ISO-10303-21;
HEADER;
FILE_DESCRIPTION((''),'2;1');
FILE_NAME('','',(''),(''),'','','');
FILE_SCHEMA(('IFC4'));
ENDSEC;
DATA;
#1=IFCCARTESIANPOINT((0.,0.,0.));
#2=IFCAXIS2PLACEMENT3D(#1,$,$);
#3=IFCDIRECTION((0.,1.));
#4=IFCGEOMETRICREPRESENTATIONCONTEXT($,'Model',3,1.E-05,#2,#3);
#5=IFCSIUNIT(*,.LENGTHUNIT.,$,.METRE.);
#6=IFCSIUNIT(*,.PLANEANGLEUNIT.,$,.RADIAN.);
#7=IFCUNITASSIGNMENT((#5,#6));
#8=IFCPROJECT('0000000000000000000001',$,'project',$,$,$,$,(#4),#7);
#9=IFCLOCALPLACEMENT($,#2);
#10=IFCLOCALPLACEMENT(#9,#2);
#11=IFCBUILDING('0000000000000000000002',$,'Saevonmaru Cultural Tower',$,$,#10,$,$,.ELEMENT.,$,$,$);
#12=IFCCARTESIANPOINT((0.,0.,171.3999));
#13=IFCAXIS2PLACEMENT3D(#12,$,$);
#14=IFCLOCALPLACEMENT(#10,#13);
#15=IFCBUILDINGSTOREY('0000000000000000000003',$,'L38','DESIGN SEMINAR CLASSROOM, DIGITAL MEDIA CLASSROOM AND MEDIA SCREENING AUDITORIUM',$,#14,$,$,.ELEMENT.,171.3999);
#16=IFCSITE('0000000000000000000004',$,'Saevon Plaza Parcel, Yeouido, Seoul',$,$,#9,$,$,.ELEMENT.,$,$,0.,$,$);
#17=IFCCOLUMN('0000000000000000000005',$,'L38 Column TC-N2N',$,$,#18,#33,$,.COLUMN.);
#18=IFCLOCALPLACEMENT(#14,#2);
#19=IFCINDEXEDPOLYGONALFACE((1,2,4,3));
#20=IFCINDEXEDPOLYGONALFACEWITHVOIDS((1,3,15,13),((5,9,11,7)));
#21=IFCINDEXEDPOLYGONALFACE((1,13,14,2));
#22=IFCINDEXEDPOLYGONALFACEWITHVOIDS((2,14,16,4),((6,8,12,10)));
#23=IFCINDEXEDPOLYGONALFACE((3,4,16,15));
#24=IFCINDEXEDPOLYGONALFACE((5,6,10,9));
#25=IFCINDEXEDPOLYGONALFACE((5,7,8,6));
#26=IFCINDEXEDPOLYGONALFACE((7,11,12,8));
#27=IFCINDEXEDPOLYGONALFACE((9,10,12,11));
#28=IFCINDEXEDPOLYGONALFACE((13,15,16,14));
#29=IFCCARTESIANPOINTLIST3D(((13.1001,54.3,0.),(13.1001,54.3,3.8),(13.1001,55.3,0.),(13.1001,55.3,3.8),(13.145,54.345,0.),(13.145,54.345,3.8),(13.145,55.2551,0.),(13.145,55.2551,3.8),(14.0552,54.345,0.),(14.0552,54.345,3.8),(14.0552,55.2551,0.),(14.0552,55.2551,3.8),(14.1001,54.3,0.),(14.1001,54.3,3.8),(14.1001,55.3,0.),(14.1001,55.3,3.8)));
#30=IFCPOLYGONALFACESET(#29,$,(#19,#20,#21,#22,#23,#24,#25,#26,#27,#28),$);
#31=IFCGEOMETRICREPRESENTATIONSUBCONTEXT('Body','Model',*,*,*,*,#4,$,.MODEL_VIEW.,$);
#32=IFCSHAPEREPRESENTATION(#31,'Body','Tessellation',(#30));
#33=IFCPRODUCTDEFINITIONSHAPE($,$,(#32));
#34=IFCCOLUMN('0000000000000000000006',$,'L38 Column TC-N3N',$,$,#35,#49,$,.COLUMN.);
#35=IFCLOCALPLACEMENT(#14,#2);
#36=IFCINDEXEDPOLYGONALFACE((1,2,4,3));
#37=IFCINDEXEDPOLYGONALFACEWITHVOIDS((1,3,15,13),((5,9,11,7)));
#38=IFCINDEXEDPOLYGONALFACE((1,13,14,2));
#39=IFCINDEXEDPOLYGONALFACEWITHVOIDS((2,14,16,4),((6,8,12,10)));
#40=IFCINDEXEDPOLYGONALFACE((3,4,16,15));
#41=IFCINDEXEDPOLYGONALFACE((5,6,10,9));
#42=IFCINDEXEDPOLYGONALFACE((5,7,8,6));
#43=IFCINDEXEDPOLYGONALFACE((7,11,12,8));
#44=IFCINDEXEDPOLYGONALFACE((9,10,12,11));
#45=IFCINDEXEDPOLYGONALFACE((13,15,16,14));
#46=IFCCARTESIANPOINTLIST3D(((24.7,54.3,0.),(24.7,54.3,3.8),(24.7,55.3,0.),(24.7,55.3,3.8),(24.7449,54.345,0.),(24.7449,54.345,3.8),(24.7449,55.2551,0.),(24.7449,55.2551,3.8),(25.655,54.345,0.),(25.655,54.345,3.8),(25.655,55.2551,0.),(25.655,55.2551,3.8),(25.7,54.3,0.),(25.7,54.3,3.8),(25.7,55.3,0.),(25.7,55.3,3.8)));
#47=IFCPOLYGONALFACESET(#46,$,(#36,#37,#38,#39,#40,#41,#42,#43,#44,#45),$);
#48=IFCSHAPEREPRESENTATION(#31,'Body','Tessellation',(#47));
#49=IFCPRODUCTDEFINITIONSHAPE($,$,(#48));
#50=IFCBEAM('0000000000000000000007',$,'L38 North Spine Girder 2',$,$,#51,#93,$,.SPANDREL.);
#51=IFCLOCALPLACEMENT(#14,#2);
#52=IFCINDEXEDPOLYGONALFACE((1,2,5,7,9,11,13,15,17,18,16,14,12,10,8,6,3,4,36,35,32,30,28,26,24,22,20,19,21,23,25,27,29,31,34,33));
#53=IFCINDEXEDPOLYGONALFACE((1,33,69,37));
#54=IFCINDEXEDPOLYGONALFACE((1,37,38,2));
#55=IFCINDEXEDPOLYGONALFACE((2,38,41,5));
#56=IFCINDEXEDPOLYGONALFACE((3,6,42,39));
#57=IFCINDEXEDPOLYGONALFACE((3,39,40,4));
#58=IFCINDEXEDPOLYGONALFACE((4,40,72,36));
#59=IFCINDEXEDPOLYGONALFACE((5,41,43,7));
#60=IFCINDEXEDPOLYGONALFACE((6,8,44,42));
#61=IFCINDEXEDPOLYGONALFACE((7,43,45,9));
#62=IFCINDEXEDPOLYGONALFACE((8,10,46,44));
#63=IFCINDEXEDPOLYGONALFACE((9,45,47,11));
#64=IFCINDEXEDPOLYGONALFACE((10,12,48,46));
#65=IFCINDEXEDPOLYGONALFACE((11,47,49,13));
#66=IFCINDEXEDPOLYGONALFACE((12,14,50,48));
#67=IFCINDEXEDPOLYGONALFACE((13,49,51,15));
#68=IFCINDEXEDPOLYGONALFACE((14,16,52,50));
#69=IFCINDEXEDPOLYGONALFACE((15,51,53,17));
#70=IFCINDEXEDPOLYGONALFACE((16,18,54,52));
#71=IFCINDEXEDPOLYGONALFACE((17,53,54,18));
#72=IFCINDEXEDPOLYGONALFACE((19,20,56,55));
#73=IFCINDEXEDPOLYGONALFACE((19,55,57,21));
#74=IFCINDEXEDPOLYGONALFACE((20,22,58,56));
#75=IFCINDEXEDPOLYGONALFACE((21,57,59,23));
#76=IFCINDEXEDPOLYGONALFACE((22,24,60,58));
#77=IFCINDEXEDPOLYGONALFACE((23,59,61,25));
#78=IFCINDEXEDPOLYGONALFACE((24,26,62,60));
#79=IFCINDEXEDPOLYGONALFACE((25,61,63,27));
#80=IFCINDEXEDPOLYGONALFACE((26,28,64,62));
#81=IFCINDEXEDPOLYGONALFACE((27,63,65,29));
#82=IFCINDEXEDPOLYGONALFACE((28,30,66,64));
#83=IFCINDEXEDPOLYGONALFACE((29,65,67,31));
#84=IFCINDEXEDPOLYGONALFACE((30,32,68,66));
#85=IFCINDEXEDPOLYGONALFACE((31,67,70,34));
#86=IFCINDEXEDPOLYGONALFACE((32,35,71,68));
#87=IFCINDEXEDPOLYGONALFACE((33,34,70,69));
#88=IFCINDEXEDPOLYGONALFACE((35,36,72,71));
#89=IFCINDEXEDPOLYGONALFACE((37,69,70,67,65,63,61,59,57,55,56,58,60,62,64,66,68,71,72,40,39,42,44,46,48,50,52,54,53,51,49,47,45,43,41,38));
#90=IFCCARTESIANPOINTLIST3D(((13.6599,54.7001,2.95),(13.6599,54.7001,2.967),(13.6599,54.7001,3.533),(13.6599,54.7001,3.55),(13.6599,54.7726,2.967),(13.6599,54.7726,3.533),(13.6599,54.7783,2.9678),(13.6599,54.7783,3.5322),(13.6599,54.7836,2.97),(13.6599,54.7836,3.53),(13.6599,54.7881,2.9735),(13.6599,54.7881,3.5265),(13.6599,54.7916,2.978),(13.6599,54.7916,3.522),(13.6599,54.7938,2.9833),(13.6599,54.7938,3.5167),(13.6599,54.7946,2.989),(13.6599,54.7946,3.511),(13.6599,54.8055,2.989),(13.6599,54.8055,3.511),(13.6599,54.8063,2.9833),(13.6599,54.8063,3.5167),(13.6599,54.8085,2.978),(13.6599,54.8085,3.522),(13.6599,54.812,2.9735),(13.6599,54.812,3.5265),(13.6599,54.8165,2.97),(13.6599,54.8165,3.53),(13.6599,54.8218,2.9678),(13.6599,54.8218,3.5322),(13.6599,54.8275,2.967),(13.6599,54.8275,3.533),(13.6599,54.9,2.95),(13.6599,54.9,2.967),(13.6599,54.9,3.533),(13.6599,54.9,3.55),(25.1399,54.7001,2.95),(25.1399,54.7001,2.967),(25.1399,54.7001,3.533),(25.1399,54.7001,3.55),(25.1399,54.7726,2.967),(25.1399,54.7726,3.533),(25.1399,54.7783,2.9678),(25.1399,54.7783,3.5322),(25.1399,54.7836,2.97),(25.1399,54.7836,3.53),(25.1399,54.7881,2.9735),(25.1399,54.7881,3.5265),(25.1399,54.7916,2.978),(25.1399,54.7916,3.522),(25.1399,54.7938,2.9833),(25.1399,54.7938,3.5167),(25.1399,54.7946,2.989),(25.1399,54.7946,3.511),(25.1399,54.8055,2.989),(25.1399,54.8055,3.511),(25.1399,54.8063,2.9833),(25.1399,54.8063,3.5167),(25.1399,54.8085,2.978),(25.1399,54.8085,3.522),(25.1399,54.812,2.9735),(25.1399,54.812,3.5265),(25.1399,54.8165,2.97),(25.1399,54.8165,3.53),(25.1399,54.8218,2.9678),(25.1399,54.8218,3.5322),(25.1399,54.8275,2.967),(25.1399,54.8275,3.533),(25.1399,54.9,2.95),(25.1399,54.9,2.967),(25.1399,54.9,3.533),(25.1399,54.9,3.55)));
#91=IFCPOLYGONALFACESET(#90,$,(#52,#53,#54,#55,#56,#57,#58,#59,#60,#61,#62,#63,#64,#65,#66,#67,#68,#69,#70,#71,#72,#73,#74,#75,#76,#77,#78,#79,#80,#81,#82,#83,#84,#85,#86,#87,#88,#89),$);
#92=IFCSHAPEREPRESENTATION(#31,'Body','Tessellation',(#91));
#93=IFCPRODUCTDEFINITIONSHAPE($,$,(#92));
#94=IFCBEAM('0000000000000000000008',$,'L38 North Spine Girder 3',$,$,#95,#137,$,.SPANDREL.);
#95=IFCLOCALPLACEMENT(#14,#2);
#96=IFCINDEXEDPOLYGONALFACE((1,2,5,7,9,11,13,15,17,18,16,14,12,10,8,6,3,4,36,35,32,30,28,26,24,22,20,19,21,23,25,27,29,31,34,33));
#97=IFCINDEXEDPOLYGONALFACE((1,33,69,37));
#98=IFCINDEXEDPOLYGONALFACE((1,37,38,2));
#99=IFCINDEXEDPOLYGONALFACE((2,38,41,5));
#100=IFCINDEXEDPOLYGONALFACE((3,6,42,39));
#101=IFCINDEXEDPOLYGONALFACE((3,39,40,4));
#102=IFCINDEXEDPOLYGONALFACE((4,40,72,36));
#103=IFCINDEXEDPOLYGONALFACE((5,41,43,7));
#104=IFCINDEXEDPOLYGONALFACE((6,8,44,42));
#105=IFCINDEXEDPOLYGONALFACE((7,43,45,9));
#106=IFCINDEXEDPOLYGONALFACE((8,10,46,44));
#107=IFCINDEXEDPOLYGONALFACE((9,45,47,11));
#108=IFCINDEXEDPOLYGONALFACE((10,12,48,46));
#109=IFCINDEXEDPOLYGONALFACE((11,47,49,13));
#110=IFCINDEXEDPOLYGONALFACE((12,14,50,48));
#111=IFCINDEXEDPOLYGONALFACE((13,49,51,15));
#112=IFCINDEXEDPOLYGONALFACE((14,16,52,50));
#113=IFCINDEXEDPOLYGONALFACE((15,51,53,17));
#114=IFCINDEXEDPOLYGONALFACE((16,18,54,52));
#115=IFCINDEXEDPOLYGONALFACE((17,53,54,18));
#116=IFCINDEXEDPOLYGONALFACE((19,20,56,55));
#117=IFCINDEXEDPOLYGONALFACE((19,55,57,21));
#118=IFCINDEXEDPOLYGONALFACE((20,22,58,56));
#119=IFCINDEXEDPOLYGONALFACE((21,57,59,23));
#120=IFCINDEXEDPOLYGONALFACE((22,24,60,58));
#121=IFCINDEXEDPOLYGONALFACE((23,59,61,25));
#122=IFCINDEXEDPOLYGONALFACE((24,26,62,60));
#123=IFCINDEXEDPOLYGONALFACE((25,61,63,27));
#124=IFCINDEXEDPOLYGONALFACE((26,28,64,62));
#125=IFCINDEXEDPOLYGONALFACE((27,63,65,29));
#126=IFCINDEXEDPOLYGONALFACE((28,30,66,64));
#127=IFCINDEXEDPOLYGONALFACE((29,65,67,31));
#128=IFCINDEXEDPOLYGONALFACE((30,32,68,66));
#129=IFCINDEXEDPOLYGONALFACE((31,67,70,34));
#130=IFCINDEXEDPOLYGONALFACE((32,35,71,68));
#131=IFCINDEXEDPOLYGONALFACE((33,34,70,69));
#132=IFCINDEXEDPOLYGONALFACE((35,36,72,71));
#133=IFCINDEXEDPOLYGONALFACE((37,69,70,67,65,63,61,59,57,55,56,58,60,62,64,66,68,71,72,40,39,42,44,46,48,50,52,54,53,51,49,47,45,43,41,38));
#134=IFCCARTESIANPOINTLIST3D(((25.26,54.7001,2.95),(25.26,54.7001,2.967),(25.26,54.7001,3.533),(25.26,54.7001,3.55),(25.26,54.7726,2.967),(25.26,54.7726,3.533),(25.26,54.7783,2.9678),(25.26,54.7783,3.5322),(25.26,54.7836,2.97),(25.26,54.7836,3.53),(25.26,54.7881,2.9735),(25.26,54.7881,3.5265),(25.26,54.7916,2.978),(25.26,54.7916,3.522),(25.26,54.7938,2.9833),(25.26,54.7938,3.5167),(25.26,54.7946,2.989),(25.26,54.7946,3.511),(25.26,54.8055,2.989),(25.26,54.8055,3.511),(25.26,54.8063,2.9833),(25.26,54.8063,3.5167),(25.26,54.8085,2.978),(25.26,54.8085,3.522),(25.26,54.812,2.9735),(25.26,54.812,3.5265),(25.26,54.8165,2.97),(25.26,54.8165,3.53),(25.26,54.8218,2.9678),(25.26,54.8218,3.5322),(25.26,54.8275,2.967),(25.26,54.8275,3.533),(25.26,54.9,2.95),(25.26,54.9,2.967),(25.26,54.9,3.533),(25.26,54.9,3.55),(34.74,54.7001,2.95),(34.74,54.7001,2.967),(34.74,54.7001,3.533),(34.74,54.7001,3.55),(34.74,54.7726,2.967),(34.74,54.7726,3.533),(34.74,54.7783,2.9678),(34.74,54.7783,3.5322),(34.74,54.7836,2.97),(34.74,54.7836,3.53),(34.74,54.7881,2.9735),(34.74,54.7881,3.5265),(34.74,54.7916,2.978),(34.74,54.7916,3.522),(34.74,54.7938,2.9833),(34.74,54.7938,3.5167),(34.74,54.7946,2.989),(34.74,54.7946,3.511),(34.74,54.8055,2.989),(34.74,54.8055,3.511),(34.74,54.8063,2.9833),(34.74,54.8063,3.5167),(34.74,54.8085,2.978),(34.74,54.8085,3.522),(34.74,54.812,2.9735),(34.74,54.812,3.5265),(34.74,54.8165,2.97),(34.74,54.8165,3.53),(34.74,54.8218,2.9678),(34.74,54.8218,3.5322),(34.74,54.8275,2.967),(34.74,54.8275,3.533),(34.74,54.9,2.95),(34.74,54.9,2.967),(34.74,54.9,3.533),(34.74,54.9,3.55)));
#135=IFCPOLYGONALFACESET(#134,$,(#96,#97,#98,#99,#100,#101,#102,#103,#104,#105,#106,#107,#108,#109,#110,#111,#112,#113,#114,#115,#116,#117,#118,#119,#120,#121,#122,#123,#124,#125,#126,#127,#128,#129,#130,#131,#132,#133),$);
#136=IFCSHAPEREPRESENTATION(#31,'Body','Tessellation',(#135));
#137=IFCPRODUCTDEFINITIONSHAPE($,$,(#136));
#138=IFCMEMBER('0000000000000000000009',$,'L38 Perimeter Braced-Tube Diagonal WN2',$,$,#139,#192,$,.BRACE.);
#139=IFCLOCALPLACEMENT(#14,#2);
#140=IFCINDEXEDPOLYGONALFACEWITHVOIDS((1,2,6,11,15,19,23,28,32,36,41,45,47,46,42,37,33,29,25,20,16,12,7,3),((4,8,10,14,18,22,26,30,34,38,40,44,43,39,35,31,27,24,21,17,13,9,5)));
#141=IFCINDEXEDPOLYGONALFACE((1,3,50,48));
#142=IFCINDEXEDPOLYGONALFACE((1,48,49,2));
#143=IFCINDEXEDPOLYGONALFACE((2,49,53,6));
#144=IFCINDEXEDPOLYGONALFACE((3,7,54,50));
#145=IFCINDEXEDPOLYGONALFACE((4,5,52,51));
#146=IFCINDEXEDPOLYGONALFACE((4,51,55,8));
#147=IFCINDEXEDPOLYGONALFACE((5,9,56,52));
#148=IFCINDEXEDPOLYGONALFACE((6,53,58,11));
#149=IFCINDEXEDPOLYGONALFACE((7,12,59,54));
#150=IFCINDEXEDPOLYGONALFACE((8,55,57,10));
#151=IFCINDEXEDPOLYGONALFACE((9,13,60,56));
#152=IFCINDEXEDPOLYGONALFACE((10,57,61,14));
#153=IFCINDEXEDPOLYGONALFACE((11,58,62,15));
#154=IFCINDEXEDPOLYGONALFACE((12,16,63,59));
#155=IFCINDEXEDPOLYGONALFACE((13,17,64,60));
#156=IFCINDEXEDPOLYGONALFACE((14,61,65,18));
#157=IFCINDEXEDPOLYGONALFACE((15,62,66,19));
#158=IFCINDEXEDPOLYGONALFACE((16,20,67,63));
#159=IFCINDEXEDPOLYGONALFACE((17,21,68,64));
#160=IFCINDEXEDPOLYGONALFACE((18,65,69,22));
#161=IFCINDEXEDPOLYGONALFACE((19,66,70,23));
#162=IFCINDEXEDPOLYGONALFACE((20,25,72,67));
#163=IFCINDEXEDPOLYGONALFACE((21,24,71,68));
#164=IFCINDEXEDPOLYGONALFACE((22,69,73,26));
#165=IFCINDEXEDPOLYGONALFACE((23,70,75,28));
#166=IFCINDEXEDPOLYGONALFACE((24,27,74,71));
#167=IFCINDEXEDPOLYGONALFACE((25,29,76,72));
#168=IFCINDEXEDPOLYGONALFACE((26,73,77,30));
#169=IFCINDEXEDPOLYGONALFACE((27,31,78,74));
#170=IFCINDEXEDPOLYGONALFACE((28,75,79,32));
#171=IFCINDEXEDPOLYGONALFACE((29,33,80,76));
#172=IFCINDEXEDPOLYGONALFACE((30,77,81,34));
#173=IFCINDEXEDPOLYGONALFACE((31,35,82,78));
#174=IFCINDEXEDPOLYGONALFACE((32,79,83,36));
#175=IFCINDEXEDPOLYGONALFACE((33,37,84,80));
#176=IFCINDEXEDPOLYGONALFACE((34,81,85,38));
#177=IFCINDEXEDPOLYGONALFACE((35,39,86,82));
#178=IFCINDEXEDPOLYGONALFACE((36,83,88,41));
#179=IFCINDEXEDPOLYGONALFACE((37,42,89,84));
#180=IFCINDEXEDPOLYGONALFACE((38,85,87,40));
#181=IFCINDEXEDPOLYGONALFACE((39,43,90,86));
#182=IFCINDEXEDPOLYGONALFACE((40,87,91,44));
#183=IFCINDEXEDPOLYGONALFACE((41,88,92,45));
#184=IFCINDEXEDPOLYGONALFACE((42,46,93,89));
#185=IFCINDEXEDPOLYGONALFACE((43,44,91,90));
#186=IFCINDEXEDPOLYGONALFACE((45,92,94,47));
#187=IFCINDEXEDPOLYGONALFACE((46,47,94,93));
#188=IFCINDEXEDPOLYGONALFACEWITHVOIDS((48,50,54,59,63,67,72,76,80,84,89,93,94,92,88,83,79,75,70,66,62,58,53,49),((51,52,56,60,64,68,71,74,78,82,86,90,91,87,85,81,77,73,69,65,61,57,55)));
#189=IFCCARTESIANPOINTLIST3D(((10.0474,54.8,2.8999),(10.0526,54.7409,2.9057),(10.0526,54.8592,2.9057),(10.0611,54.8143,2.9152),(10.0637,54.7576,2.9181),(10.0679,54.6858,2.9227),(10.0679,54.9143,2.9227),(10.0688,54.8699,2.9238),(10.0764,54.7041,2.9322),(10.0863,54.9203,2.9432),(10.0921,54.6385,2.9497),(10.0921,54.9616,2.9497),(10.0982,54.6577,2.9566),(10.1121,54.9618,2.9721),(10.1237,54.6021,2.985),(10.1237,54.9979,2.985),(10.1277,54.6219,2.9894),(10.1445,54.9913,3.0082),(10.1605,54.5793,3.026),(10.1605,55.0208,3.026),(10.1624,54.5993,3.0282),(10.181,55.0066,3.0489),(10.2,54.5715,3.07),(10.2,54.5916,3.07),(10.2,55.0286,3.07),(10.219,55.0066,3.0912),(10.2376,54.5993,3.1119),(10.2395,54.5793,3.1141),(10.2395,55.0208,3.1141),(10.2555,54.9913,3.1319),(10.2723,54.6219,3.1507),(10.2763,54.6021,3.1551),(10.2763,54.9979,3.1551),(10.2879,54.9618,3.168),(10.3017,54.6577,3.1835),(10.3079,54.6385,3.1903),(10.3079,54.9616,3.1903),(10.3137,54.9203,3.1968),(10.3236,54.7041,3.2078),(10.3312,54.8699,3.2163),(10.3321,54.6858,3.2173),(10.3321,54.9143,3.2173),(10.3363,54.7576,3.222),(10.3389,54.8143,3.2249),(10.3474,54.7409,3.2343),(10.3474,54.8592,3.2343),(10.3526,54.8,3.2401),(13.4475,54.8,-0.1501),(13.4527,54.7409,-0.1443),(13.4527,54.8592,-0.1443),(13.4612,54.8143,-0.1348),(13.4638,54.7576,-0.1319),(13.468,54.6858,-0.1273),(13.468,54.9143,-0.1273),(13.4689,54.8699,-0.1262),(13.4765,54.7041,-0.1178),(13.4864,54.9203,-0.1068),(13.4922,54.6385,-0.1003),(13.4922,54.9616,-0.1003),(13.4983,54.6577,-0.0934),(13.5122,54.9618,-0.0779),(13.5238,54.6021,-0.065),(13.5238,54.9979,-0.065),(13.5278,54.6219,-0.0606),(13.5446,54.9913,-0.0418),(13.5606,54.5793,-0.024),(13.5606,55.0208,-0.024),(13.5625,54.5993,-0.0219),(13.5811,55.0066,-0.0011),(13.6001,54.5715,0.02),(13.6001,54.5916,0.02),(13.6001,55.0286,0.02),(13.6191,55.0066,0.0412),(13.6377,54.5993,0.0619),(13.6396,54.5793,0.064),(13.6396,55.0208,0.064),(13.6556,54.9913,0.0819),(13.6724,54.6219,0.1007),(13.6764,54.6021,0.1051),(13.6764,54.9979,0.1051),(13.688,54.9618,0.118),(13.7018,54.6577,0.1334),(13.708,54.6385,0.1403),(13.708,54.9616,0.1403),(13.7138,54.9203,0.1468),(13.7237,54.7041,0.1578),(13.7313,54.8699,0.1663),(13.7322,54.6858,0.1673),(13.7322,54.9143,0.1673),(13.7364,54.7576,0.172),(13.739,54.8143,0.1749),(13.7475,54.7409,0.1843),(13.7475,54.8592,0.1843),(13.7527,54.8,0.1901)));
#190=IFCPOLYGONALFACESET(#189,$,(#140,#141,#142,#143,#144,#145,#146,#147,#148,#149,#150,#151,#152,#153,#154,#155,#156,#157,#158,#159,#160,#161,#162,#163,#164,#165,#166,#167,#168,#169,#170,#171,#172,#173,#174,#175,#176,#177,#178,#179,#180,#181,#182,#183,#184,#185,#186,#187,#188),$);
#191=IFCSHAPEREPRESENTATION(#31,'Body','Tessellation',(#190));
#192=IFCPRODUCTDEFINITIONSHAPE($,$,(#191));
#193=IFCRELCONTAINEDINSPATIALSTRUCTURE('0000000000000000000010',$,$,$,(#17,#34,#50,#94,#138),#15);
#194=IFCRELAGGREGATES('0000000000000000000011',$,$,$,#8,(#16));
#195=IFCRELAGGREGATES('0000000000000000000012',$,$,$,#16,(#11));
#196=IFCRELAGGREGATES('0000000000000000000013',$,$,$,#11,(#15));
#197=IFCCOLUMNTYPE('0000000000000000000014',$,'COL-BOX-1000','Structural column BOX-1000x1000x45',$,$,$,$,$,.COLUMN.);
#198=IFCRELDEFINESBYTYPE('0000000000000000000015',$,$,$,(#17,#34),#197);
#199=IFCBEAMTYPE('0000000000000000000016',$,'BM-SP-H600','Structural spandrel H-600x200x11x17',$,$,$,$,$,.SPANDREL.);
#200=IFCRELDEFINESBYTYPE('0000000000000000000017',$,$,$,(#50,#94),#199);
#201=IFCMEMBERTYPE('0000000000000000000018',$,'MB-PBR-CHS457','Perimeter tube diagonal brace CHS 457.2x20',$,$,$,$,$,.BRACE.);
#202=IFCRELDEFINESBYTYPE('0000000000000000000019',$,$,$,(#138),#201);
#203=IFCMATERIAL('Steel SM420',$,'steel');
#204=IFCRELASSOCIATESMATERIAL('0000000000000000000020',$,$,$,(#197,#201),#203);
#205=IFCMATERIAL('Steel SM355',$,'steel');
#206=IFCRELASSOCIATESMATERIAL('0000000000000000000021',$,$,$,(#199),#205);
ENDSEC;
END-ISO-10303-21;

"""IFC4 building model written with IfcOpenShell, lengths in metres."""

from ifc_helpers import new_model, si_unit, direction, frame, origin, origin_2d, place, context, subcontext, project, spatial, hollow_rectangle, hollow_circle, i_section, extrude, material, material_profile, profile_set, type_object, element, save


model = new_model("IFC4")

# Units and contexts
model_context = context("Model", 3, precision=1e-05, world=origin(), true_north=direction((0.0, 1.0)))
body_context = subcontext(model_context, "Body", "Model", "MODEL_VIEW")
ifc_project = project(units=[si_unit("LENGTHUNIT", "METRE"), si_unit("PLANEANGLEUNIT", "RADIAN")], contexts=[model_context])

# Site, building, storey
site_placement = place(None, origin())
site = spatial("IfcSite", under=ifc_project, at=site_placement, Name="Saevon Plaza Parcel, Yeouido, Seoul", CompositionType="ELEMENT", RefElevation=0.0)
building_placement = place(site_placement, origin())
building = spatial("IfcBuilding", under=site, at=building_placement, Name="Saevonmaru Cultural Tower", CompositionType="ELEMENT")
storey_placement = place(building_placement, frame((0.0, 0.0, 171.3999)))
storey = spatial("IfcBuildingStorey", under=building, at=storey_placement, Name="L38", Description="DESIGN SEMINAR CLASSROOM, DIGITAL MEDIA CLASSROOM AND MEDIA SCREENING AUDITORIUM", CompositionType="ELEMENT", Elevation=171.3999)

# Columns
ifc_material_1 = material(Name="Steel SM420", Category="steel")
ifc_material_profile_1 = material_profile(ifc_material_1, hollow_rectangle(XDim=1.0, YDim=1.0, WallThickness=0.0449, at=origin_2d()), Name="BOX-1000x1000x45")
ifc_profile_set_1 = profile_set([ifc_material_profile_1], Name="Steel SM420")
column_type = type_object("IfcColumnType", Name="COL-BOX-1000", Description="Structural column BOX-1000x1000x45", PredefinedType="COLUMN", material=ifc_profile_set_1)
for number, where, z_axis, x_axis, name in (
    (1, (13.6001, 54.8, 0.0), (0.0, 0.0, 1.0), (1.0, 0.0, 0.0), "L38 Column TC-N2N"),
    (2, (25.2, 54.8, 0.0), (0.0, 0.0, 1.0), (1.0, 0.0, 0.0), "L38 Column TC-N3N"),
):
    element("IfcColumn", number, at=place(storey_placement, frame(where, z_axis=z_axis, x_axis=x_axis)), inside=storey, type_object=column_type, Name=name, PredefinedType="COLUMN", context=body_context, shape_type="SweptSolid", body=[
        extrude(hollow_rectangle(XDim=1.0, YDim=1.0, WallThickness=0.0449, at=origin_2d()), origin(), (0.0, 0.0, 1.0), 3.8),
    ])

# Beams
ifc_material_2 = material(Name="Steel SM355", Category="steel")
ifc_material_profile_2 = material_profile(ifc_material_2, i_section(OverallWidth=0.2, OverallDepth=0.6001, WebThickness=0.011, FlangeThickness=0.0171, FilletRadius=0.022, at=origin_2d()), Name="H-600x200x11x17")
ifc_profile_set_2 = profile_set([ifc_material_profile_2], Name="Steel SM355")
beam_type = type_object("IfcBeamType", Name="BM-SP-H600", Description="Structural spandrel H-600x200x11x17", PredefinedType="SPANDREL", material=ifc_profile_set_2)
beam_1_placement = place(storey_placement, frame((13.6599, 54.8, 3.25), z_axis=(1.0, 0.0, 0.0), x_axis=(0.0, 1.0, 0.0)))
element("IfcBeam", 3, at=beam_1_placement, inside=storey, type_object=beam_type, Name="L38 North Spine Girder 2", PredefinedType="SPANDREL", context=body_context, shape_type="SweptSolid", body=[
    extrude(i_section(OverallWidth=0.2, OverallDepth=0.6001, WebThickness=0.011, FlangeThickness=0.0171, FilletRadius=0.022, at=origin_2d()), origin(), (0.0, 0.0, 1.0), 11.48),
])
beam_2_placement = place(storey_placement, frame((25.26, 54.8, 3.25), z_axis=(1.0, 0.0, 0.0), x_axis=(0.0, 1.0, 0.0)))
element("IfcBeam", 4, at=beam_2_placement, inside=storey, type_object=beam_type, Name="L38 North Spine Girder 3", PredefinedType="SPANDREL", context=body_context, shape_type="SweptSolid", body=[
    extrude(i_section(OverallWidth=0.2, OverallDepth=0.6001, WebThickness=0.011, FlangeThickness=0.0171, FilletRadius=0.022, at=origin_2d()), origin(), (0.0, 0.0, 1.0), 9.48),
])

# Member
ifc_material_profile_3 = material_profile(ifc_material_1, hollow_circle(Radius=0.2285, WallThickness=0.02, at=origin_2d()), Name="CHS-457.2x20")
ifc_profile_set_3 = profile_set([ifc_material_profile_3], Name="Steel SM420")
member_type_1 = type_object("IfcMemberType", Name="MB-PBR-CHS457", Description="Perimeter tube diagonal brace CHS 457.2x20", PredefinedType="BRACE", material=ifc_profile_set_3)
member_1_placement = place(storey_placement, frame((13.6001, 54.8, 0.02), z_axis=(-0.744391, 0.0, 0.667744), x_axis=(0.0, -1.0, 0.0)))
element("IfcMember", 5, at=member_1_placement, inside=storey, type_object=member_type_1, Name="L38 Perimeter Braced-Tube Diagonal WN2", PredefinedType="BRACE", context=body_context, shape_type="SweptSolid", body=[
    extrude(hollow_circle(Radius=0.2285, WallThickness=0.02, at=origin_2d()), origin(), (0.0, 0.0, 1.0), 4.5676),
])

save(model, "model.ifc")
